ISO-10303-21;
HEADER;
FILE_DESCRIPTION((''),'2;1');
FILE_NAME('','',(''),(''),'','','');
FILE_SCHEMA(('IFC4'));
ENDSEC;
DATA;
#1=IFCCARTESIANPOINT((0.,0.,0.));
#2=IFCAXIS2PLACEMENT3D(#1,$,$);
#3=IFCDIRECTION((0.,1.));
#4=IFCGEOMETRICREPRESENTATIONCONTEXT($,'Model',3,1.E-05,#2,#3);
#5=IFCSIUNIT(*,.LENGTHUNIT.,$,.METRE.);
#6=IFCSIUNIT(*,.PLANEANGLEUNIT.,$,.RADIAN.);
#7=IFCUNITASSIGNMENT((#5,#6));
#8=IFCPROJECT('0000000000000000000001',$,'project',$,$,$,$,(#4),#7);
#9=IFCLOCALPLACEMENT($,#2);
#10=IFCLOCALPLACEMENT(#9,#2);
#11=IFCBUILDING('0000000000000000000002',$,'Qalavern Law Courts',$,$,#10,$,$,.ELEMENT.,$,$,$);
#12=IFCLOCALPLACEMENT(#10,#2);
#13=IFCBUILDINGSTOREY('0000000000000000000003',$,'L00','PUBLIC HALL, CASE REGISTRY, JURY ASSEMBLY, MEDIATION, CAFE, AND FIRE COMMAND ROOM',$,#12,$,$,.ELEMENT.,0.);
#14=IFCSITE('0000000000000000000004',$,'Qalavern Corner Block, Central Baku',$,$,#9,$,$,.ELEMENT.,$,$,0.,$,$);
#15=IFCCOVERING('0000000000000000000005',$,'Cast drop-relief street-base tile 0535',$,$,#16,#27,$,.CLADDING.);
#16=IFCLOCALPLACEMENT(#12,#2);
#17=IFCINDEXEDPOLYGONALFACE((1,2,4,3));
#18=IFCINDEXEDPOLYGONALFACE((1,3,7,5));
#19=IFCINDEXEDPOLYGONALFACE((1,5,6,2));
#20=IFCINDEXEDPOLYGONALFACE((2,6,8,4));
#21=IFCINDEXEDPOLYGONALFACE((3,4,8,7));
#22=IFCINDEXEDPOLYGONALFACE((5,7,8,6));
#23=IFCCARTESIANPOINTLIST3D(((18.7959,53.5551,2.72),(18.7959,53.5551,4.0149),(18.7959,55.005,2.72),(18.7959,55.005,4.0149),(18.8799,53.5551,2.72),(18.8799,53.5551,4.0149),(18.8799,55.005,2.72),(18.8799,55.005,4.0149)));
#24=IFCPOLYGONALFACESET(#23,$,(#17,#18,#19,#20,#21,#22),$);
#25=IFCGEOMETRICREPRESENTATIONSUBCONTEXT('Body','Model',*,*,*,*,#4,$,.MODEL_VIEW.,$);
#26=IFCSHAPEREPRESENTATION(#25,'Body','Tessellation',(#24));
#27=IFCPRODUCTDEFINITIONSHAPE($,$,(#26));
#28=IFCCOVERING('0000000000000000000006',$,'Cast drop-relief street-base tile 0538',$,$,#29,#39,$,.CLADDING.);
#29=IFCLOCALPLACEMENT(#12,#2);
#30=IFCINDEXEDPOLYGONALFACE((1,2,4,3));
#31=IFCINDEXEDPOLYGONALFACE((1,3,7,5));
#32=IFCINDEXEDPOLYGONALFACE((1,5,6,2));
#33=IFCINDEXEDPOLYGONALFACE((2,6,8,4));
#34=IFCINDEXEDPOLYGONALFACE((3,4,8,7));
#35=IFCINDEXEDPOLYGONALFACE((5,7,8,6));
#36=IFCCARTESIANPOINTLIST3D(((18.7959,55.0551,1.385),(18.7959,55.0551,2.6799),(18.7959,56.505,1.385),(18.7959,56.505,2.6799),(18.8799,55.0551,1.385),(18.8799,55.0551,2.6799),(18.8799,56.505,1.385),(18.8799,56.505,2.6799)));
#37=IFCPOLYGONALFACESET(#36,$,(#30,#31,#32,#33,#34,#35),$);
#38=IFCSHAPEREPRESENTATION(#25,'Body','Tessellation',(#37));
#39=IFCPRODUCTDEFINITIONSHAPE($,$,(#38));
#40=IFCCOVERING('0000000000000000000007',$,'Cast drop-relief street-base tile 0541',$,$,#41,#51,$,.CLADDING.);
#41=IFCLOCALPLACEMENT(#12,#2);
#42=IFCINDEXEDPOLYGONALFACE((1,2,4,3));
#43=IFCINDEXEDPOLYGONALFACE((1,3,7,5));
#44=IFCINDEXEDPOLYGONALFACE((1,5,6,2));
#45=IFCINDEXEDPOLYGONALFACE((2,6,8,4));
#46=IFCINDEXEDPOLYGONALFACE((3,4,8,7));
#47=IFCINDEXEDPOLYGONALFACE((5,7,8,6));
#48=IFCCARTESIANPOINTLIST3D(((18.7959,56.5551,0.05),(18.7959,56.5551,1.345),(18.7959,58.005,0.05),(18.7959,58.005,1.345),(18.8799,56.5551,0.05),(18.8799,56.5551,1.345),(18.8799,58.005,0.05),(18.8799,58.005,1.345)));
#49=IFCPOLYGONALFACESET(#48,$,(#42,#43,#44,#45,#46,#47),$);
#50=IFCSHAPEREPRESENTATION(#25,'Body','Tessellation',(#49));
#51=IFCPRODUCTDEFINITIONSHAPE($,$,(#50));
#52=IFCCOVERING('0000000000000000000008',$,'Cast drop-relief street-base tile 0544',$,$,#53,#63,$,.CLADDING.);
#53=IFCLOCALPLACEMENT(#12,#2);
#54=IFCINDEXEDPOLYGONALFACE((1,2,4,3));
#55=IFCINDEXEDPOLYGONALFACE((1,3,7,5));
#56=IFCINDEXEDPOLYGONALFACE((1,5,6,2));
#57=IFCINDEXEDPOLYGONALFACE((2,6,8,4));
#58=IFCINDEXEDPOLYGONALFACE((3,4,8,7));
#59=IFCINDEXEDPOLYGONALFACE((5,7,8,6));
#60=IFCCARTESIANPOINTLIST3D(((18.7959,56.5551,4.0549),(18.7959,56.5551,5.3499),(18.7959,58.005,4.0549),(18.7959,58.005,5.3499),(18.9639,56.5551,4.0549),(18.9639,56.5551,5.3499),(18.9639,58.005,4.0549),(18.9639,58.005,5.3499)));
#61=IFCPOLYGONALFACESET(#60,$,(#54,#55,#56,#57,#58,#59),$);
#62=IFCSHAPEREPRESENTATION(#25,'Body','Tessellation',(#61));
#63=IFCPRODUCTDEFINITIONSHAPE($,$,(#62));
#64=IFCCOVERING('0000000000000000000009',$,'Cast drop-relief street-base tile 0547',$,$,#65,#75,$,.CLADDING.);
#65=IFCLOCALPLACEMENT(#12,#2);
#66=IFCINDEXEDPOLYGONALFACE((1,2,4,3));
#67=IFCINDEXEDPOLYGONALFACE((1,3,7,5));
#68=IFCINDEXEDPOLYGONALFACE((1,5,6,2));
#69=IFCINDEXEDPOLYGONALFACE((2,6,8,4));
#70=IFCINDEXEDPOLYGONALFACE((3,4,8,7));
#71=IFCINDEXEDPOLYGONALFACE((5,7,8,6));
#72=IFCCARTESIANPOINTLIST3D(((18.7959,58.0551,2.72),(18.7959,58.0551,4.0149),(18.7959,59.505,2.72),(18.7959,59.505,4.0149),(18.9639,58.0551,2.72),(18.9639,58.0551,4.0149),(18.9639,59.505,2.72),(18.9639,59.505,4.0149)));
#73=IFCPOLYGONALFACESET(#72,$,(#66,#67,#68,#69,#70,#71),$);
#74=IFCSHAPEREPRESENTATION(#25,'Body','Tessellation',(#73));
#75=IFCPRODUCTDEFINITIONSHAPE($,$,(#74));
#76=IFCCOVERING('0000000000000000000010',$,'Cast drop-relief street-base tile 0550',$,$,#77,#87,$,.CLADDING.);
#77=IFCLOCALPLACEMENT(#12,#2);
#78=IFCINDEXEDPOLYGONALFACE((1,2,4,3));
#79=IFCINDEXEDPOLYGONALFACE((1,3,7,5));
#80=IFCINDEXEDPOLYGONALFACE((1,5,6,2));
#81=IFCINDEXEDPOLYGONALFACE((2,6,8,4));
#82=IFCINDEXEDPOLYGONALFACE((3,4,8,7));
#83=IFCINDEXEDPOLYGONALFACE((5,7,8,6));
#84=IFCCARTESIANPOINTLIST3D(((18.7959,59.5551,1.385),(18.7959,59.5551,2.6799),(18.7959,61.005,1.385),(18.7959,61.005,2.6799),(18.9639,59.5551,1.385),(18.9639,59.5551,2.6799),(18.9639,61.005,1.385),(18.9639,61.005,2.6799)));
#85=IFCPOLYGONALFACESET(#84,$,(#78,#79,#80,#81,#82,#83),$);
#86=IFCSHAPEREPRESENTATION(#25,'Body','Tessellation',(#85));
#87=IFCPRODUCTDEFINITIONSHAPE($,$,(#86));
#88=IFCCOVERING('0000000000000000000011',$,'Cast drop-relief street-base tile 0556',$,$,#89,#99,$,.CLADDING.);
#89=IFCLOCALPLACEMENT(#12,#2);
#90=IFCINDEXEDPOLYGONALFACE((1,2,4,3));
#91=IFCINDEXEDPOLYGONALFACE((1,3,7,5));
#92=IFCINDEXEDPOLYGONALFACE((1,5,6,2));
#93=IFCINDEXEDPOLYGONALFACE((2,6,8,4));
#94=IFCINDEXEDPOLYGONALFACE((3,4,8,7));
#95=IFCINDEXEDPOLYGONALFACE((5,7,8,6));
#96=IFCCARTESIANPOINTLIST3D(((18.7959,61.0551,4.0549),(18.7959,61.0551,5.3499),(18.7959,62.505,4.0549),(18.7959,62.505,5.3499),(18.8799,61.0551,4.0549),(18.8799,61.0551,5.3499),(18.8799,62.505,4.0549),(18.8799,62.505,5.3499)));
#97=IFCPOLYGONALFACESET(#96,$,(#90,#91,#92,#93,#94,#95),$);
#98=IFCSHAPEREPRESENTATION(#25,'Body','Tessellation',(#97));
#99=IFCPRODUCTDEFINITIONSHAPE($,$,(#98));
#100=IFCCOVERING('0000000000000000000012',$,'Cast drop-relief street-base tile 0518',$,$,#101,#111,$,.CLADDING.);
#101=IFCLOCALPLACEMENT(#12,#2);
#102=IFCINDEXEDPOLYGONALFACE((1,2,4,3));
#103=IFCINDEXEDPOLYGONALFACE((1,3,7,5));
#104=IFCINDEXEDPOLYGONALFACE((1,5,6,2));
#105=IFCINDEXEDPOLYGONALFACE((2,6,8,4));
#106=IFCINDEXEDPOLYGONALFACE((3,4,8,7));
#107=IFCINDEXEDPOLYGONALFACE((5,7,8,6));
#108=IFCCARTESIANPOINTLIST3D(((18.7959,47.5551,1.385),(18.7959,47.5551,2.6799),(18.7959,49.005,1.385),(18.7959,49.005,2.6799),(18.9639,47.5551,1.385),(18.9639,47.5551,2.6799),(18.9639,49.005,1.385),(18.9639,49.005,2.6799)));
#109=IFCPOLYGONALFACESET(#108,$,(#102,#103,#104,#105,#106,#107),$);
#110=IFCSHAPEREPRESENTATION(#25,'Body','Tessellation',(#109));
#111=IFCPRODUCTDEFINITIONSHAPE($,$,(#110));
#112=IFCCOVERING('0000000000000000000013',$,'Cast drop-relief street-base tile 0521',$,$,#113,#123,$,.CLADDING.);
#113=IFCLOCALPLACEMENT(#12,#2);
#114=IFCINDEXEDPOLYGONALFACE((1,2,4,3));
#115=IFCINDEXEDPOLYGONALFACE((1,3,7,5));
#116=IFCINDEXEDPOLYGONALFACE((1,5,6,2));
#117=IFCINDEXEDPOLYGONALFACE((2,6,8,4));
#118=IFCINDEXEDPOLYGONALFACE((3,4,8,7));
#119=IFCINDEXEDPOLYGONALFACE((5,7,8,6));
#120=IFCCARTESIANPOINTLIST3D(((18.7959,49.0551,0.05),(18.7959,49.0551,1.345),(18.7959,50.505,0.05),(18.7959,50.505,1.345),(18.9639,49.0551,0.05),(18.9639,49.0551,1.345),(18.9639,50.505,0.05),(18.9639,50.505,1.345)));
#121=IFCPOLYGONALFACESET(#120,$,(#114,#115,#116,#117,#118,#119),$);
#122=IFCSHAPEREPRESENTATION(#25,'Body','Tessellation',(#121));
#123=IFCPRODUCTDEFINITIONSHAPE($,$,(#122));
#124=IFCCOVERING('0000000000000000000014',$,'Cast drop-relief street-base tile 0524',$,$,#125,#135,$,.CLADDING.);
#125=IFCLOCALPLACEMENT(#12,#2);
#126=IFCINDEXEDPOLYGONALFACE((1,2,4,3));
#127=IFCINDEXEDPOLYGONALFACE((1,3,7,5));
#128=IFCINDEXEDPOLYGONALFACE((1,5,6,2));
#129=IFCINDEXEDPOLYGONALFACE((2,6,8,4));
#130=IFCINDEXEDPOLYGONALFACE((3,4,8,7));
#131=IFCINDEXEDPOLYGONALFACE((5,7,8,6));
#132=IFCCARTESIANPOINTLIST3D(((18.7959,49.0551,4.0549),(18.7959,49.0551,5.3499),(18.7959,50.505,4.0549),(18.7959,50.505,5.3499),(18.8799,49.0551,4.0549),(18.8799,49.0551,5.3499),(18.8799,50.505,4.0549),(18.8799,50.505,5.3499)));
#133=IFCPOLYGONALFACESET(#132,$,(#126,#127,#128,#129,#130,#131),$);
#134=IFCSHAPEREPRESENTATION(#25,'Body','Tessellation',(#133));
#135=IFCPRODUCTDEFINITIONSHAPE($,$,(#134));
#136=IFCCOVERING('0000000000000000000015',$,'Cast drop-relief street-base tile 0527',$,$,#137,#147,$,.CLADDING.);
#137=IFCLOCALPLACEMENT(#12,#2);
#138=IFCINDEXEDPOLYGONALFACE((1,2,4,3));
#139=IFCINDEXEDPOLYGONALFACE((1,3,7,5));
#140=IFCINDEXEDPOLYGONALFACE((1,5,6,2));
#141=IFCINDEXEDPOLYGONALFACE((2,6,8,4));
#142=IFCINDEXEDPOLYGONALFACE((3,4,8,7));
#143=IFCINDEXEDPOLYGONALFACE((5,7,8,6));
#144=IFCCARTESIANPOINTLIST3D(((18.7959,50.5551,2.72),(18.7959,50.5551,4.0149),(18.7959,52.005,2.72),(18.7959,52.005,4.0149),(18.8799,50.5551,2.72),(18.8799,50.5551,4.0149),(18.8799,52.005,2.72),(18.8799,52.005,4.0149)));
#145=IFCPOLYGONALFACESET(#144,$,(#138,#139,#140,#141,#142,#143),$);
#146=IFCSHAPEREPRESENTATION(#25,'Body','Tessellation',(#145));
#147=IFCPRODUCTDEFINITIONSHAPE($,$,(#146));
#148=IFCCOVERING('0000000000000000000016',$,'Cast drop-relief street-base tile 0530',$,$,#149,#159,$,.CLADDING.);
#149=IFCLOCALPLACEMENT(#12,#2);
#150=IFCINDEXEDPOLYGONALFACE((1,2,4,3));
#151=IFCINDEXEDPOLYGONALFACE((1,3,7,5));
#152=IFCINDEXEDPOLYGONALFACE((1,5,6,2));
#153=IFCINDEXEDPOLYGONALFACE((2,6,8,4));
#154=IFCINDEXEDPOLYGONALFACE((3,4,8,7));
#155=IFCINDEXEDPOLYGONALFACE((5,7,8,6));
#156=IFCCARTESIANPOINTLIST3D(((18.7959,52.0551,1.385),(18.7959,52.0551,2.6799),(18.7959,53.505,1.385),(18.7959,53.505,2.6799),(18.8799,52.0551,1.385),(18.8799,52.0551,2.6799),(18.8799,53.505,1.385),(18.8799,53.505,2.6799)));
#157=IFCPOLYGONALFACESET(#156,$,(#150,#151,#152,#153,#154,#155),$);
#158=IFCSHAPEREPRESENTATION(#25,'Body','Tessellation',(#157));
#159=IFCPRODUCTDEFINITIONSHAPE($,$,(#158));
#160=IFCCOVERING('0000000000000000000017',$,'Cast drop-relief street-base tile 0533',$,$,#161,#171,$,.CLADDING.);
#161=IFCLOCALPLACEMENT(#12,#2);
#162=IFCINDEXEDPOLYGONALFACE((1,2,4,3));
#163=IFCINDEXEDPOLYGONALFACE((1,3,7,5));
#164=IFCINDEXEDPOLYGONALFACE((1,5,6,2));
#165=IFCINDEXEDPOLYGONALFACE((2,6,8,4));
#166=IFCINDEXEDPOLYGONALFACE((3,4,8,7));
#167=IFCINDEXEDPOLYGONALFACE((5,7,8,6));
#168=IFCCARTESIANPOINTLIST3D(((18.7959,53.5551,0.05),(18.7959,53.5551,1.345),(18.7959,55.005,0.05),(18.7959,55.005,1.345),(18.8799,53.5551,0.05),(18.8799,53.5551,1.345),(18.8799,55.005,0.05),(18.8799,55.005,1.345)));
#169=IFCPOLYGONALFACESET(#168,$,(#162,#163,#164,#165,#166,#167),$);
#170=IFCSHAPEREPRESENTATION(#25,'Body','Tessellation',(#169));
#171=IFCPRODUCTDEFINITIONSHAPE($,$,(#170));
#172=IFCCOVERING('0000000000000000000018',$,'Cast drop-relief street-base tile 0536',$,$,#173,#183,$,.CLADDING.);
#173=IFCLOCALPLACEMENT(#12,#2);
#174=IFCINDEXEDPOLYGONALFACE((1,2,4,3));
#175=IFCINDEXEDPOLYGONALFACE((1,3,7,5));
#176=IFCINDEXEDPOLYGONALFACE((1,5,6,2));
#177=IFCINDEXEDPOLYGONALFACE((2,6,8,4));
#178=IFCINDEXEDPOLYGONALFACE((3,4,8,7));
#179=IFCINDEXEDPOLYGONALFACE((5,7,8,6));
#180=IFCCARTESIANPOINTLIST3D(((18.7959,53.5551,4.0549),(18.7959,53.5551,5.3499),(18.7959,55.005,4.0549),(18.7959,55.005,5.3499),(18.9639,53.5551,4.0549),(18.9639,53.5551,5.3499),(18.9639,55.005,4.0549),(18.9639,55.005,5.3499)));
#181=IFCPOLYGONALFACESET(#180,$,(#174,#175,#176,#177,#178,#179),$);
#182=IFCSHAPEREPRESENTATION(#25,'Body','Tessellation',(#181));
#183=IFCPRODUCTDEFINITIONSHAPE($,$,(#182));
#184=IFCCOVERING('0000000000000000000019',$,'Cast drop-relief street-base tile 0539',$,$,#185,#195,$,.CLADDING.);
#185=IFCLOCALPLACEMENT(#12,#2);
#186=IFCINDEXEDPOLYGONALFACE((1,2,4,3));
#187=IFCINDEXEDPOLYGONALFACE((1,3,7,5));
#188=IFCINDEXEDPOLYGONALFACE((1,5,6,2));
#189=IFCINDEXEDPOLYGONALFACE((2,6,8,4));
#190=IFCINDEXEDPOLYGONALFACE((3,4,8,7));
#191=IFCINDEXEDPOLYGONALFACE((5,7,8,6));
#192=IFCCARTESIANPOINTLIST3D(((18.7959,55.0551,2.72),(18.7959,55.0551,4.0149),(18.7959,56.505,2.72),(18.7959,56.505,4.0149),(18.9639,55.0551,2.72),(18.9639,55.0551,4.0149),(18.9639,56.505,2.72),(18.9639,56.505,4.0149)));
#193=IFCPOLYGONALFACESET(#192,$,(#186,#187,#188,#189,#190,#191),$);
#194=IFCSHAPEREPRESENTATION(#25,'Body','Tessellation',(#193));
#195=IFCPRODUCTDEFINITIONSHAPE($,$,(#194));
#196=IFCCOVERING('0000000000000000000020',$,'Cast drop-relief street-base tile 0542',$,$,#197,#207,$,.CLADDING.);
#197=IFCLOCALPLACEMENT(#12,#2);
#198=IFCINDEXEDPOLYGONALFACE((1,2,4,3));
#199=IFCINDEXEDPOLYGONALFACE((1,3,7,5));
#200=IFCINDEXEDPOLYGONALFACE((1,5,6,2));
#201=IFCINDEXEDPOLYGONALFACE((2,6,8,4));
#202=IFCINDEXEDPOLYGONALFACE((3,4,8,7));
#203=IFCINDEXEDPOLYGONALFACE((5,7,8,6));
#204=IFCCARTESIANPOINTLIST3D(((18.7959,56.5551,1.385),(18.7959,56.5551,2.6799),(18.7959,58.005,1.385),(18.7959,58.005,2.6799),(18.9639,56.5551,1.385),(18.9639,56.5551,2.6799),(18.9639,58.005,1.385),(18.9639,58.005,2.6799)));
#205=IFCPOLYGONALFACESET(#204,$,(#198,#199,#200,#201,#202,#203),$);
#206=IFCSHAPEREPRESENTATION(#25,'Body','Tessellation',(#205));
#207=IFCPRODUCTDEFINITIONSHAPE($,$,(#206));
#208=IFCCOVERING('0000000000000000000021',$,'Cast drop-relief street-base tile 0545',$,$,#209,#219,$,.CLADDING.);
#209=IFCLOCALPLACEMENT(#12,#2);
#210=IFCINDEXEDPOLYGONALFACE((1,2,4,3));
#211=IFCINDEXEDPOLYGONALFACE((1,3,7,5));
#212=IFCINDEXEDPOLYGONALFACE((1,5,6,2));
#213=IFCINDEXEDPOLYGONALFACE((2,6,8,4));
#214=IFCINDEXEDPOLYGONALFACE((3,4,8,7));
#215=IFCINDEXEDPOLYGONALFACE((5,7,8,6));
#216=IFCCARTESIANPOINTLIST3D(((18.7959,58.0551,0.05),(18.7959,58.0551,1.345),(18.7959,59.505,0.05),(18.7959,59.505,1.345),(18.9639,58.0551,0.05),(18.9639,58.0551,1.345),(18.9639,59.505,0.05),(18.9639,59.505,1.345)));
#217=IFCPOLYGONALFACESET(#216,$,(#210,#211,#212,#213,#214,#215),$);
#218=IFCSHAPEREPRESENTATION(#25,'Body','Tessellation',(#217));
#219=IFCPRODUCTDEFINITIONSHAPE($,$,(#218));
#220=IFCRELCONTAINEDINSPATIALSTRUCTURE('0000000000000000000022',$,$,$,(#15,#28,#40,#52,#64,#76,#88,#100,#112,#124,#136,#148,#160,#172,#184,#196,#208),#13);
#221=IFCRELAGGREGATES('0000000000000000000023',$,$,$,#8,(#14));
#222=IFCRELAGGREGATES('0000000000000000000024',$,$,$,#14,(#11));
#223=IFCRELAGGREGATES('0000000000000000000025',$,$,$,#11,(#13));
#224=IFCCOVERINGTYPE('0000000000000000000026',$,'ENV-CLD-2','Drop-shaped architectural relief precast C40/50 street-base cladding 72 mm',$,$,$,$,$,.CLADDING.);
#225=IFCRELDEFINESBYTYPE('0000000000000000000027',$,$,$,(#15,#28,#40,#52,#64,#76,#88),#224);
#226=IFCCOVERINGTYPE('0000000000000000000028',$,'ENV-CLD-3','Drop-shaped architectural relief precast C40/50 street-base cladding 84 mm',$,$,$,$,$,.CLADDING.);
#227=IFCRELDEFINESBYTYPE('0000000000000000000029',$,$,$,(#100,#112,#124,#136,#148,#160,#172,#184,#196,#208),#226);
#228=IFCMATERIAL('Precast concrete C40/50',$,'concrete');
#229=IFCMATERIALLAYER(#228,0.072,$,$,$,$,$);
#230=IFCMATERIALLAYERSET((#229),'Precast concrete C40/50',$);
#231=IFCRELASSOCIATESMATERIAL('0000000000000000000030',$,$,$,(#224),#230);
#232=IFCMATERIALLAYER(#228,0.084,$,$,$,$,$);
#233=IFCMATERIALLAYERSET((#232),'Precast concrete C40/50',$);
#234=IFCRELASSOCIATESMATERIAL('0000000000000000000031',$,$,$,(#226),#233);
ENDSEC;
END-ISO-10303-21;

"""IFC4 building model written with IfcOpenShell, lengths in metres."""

from ifc_helpers import new_model, si_unit, direction, frame, origin, origin_2d, place, context, subcontext, project, spatial, rectangle, extrude, material, layer, layer_set, type_object, element, save


model = new_model("IFC4")

# Units and contexts
model_context = context("Model", 3, precision=1e-05, world=origin(), true_north=direction((0.0, 1.0)))
body_context = subcontext(model_context, "Body", "Model", "MODEL_VIEW")
ifc_project = project(units=[si_unit("LENGTHUNIT", "METRE"), si_unit("PLANEANGLEUNIT", "RADIAN")], contexts=[model_context])

# Site, building, storey
site_placement = place(None, origin())
site = spatial("IfcSite", under=ifc_project, at=site_placement, Name="Qalavern Corner Block, Central Baku", CompositionType="ELEMENT", RefElevation=0.0)
building_placement = place(site_placement, origin())
building = spatial("IfcBuilding", under=site, at=building_placement, Name="Qalavern Law Courts", CompositionType="ELEMENT")
storey_placement = place(building_placement, origin())
storey = spatial("IfcBuildingStorey", under=building, at=storey_placement, Name="L00", Description="PUBLIC HALL, CASE REGISTRY, JURY ASSEMBLY, MEDIATION, CAFE, AND FIRE COMMAND ROOM", CompositionType="ELEMENT", Elevation=0.0)

# Coverings
ifc_material = material(Name="Precast concrete C40/50", Category="concrete")
ifc_layer_1 = layer(ifc_material, 0.072)
ifc_layer_set_1 = layer_set([ifc_layer_1], Name="Precast concrete C40/50")
covering_type_1 = type_object("IfcCoveringType", Name="ENV-CLD-2", Description="Drop-shaped architectural relief precast C40/50 street-base cladding 72 mm", PredefinedType="CLADDING", material=ifc_layer_set_1)
for number, where, z_axis, x_axis, name in (
    (1, (18.8379, 54.28, 2.72), (0.0, 0.0, 1.0), (0.0, 1.0, 0.0), "Cast drop-relief street-base tile 0535"),
    (2, (18.8379, 55.78, 1.385), (0.0, 0.0, 1.0), (0.0, 1.0, 0.0), "Cast drop-relief street-base tile 0538"),
    (3, (18.8379, 57.28, 0.05), (0.0, 0.0, 1.0), (0.0, 1.0, 0.0), "Cast drop-relief street-base tile 0541"),
):
    element("IfcCovering", number, at=place(storey_placement, frame(where, z_axis=z_axis, x_axis=x_axis)), inside=storey, type_object=covering_type_1, Name=name, PredefinedType="CLADDING", context=body_context, shape_type="SweptSolid", body=[
        extrude(rectangle(XDim=1.45, YDim=0.084, at=origin_2d()), origin(), (0.0, 0.0, 1.0), 1.2949),
    ])
for number, where, z_axis, x_axis, name in (
    (4, (18.8799, 57.28, 4.0549), (0.0, 0.0, 1.0), (0.0, 1.0, 0.0), "Cast drop-relief street-base tile 0544"),
    (5, (18.8799, 58.78, 2.72), (0.0, 0.0, 1.0), (0.0, 1.0, 0.0), "Cast drop-relief street-base tile 0547"),
    (6, (18.8799, 60.28, 1.385), (0.0, 0.0, 1.0), (0.0, 1.0, 0.0), "Cast drop-relief street-base tile 0550"),
):
    element("IfcCovering", number, at=place(storey_placement, frame(where, z_axis=z_axis, x_axis=x_axis)), inside=storey, type_object=covering_type_1, Name=name, PredefinedType="CLADDING", context=body_context, shape_type="SweptSolid", body=[
        extrude(rectangle(XDim=1.45, YDim=0.168, at=origin_2d()), origin(), (0.0, 0.0, 1.0), 1.2949),
    ])
covering_1_placement = place(storey_placement, frame((18.8379, 61.78, 4.0549), z_axis=(0.0, 0.0, 1.0), x_axis=(0.0, 1.0, 0.0)))
element("IfcCovering", 7, at=covering_1_placement, inside=storey, type_object=covering_type_1, Name="Cast drop-relief street-base tile 0556", PredefinedType="CLADDING", context=body_context, shape_type="SweptSolid", body=[
    extrude(rectangle(XDim=1.45, YDim=0.084, at=origin_2d()), origin(), (0.0, 0.0, 1.0), 1.2949),
])
ifc_layer_2 = layer(ifc_material, 0.084)
ifc_layer_set_2 = layer_set([ifc_layer_2], Name="Precast concrete C40/50")
covering_type_2 = type_object("IfcCoveringType", Name="ENV-CLD-3", Description="Drop-shaped architectural relief precast C40/50 street-base cladding 84 mm", PredefinedType="CLADDING", material=ifc_layer_set_2)
for number, where, z_axis, x_axis, name in (
    (8, (18.8799, 48.28, 1.385), (0.0, 0.0, 1.0), (0.0, 1.0, 0.0), "Cast drop-relief street-base tile 0518"),
    (9, (18.8799, 49.78, 0.05), (0.0, 0.0, 1.0), (0.0, 1.0, 0.0), "Cast drop-relief street-base tile 0521"),
):
    element("IfcCovering", number, at=place(storey_placement, frame(where, z_axis=z_axis, x_axis=x_axis)), inside=storey, type_object=covering_type_2, Name=name, PredefinedType="CLADDING", context=body_context, shape_type="SweptSolid", body=[
        extrude(rectangle(XDim=1.45, YDim=0.168, at=origin_2d()), origin(), (0.0, 0.0, 1.0), 1.2949),
    ])
for number, where, z_axis, x_axis, name in (
    (10, (18.8379, 49.78, 4.0549), (0.0, 0.0, 1.0), (0.0, 1.0, 0.0), "Cast drop-relief street-base tile 0524"),
    (11, (18.8379, 51.28, 2.72), (0.0, 0.0, 1.0), (0.0, 1.0, 0.0), "Cast drop-relief street-base tile 0527"),
    (12, (18.8379, 52.78, 1.385), (0.0, 0.0, 1.0), (0.0, 1.0, 0.0), "Cast drop-relief street-base tile 0530"),
    (13, (18.8379, 54.28, 0.05), (0.0, 0.0, 1.0), (0.0, 1.0, 0.0), "Cast drop-relief street-base tile 0533"),
):
    element("IfcCovering", number, at=place(storey_placement, frame(where, z_axis=z_axis, x_axis=x_axis)), inside=storey, type_object=covering_type_2, Name=name, PredefinedType="CLADDING", context=body_context, shape_type="SweptSolid", body=[
        extrude(rectangle(XDim=1.45, YDim=0.084, at=origin_2d()), origin(), (0.0, 0.0, 1.0), 1.2949),
    ])
for number, where, z_axis, x_axis, name in (
    (14, (18.8799, 54.28, 4.0549), (0.0, 0.0, 1.0), (0.0, 1.0, 0.0), "Cast drop-relief street-base tile 0536"),
    (15, (18.8799, 55.78, 2.72), (0.0, 0.0, 1.0), (0.0, 1.0, 0.0), "Cast drop-relief street-base tile 0539"),
    (16, (18.8799, 57.28, 1.385), (0.0, 0.0, 1.0), (0.0, 1.0, 0.0), "Cast drop-relief street-base tile 0542"),
    (17, (18.8799, 58.78, 0.05), (0.0, 0.0, 1.0), (0.0, 1.0, 0.0), "Cast drop-relief street-base tile 0545"),
):
    element("IfcCovering", number, at=place(storey_placement, frame(where, z_axis=z_axis, x_axis=x_axis)), inside=storey, type_object=covering_type_2, Name=name, PredefinedType="CLADDING", context=body_context, shape_type="SweptSolid", body=[
        extrude(rectangle(XDim=1.45, YDim=0.168, at=origin_2d()), origin(), (0.0, 0.0, 1.0), 1.2949),
    ])

save(model, "model.ifc")
